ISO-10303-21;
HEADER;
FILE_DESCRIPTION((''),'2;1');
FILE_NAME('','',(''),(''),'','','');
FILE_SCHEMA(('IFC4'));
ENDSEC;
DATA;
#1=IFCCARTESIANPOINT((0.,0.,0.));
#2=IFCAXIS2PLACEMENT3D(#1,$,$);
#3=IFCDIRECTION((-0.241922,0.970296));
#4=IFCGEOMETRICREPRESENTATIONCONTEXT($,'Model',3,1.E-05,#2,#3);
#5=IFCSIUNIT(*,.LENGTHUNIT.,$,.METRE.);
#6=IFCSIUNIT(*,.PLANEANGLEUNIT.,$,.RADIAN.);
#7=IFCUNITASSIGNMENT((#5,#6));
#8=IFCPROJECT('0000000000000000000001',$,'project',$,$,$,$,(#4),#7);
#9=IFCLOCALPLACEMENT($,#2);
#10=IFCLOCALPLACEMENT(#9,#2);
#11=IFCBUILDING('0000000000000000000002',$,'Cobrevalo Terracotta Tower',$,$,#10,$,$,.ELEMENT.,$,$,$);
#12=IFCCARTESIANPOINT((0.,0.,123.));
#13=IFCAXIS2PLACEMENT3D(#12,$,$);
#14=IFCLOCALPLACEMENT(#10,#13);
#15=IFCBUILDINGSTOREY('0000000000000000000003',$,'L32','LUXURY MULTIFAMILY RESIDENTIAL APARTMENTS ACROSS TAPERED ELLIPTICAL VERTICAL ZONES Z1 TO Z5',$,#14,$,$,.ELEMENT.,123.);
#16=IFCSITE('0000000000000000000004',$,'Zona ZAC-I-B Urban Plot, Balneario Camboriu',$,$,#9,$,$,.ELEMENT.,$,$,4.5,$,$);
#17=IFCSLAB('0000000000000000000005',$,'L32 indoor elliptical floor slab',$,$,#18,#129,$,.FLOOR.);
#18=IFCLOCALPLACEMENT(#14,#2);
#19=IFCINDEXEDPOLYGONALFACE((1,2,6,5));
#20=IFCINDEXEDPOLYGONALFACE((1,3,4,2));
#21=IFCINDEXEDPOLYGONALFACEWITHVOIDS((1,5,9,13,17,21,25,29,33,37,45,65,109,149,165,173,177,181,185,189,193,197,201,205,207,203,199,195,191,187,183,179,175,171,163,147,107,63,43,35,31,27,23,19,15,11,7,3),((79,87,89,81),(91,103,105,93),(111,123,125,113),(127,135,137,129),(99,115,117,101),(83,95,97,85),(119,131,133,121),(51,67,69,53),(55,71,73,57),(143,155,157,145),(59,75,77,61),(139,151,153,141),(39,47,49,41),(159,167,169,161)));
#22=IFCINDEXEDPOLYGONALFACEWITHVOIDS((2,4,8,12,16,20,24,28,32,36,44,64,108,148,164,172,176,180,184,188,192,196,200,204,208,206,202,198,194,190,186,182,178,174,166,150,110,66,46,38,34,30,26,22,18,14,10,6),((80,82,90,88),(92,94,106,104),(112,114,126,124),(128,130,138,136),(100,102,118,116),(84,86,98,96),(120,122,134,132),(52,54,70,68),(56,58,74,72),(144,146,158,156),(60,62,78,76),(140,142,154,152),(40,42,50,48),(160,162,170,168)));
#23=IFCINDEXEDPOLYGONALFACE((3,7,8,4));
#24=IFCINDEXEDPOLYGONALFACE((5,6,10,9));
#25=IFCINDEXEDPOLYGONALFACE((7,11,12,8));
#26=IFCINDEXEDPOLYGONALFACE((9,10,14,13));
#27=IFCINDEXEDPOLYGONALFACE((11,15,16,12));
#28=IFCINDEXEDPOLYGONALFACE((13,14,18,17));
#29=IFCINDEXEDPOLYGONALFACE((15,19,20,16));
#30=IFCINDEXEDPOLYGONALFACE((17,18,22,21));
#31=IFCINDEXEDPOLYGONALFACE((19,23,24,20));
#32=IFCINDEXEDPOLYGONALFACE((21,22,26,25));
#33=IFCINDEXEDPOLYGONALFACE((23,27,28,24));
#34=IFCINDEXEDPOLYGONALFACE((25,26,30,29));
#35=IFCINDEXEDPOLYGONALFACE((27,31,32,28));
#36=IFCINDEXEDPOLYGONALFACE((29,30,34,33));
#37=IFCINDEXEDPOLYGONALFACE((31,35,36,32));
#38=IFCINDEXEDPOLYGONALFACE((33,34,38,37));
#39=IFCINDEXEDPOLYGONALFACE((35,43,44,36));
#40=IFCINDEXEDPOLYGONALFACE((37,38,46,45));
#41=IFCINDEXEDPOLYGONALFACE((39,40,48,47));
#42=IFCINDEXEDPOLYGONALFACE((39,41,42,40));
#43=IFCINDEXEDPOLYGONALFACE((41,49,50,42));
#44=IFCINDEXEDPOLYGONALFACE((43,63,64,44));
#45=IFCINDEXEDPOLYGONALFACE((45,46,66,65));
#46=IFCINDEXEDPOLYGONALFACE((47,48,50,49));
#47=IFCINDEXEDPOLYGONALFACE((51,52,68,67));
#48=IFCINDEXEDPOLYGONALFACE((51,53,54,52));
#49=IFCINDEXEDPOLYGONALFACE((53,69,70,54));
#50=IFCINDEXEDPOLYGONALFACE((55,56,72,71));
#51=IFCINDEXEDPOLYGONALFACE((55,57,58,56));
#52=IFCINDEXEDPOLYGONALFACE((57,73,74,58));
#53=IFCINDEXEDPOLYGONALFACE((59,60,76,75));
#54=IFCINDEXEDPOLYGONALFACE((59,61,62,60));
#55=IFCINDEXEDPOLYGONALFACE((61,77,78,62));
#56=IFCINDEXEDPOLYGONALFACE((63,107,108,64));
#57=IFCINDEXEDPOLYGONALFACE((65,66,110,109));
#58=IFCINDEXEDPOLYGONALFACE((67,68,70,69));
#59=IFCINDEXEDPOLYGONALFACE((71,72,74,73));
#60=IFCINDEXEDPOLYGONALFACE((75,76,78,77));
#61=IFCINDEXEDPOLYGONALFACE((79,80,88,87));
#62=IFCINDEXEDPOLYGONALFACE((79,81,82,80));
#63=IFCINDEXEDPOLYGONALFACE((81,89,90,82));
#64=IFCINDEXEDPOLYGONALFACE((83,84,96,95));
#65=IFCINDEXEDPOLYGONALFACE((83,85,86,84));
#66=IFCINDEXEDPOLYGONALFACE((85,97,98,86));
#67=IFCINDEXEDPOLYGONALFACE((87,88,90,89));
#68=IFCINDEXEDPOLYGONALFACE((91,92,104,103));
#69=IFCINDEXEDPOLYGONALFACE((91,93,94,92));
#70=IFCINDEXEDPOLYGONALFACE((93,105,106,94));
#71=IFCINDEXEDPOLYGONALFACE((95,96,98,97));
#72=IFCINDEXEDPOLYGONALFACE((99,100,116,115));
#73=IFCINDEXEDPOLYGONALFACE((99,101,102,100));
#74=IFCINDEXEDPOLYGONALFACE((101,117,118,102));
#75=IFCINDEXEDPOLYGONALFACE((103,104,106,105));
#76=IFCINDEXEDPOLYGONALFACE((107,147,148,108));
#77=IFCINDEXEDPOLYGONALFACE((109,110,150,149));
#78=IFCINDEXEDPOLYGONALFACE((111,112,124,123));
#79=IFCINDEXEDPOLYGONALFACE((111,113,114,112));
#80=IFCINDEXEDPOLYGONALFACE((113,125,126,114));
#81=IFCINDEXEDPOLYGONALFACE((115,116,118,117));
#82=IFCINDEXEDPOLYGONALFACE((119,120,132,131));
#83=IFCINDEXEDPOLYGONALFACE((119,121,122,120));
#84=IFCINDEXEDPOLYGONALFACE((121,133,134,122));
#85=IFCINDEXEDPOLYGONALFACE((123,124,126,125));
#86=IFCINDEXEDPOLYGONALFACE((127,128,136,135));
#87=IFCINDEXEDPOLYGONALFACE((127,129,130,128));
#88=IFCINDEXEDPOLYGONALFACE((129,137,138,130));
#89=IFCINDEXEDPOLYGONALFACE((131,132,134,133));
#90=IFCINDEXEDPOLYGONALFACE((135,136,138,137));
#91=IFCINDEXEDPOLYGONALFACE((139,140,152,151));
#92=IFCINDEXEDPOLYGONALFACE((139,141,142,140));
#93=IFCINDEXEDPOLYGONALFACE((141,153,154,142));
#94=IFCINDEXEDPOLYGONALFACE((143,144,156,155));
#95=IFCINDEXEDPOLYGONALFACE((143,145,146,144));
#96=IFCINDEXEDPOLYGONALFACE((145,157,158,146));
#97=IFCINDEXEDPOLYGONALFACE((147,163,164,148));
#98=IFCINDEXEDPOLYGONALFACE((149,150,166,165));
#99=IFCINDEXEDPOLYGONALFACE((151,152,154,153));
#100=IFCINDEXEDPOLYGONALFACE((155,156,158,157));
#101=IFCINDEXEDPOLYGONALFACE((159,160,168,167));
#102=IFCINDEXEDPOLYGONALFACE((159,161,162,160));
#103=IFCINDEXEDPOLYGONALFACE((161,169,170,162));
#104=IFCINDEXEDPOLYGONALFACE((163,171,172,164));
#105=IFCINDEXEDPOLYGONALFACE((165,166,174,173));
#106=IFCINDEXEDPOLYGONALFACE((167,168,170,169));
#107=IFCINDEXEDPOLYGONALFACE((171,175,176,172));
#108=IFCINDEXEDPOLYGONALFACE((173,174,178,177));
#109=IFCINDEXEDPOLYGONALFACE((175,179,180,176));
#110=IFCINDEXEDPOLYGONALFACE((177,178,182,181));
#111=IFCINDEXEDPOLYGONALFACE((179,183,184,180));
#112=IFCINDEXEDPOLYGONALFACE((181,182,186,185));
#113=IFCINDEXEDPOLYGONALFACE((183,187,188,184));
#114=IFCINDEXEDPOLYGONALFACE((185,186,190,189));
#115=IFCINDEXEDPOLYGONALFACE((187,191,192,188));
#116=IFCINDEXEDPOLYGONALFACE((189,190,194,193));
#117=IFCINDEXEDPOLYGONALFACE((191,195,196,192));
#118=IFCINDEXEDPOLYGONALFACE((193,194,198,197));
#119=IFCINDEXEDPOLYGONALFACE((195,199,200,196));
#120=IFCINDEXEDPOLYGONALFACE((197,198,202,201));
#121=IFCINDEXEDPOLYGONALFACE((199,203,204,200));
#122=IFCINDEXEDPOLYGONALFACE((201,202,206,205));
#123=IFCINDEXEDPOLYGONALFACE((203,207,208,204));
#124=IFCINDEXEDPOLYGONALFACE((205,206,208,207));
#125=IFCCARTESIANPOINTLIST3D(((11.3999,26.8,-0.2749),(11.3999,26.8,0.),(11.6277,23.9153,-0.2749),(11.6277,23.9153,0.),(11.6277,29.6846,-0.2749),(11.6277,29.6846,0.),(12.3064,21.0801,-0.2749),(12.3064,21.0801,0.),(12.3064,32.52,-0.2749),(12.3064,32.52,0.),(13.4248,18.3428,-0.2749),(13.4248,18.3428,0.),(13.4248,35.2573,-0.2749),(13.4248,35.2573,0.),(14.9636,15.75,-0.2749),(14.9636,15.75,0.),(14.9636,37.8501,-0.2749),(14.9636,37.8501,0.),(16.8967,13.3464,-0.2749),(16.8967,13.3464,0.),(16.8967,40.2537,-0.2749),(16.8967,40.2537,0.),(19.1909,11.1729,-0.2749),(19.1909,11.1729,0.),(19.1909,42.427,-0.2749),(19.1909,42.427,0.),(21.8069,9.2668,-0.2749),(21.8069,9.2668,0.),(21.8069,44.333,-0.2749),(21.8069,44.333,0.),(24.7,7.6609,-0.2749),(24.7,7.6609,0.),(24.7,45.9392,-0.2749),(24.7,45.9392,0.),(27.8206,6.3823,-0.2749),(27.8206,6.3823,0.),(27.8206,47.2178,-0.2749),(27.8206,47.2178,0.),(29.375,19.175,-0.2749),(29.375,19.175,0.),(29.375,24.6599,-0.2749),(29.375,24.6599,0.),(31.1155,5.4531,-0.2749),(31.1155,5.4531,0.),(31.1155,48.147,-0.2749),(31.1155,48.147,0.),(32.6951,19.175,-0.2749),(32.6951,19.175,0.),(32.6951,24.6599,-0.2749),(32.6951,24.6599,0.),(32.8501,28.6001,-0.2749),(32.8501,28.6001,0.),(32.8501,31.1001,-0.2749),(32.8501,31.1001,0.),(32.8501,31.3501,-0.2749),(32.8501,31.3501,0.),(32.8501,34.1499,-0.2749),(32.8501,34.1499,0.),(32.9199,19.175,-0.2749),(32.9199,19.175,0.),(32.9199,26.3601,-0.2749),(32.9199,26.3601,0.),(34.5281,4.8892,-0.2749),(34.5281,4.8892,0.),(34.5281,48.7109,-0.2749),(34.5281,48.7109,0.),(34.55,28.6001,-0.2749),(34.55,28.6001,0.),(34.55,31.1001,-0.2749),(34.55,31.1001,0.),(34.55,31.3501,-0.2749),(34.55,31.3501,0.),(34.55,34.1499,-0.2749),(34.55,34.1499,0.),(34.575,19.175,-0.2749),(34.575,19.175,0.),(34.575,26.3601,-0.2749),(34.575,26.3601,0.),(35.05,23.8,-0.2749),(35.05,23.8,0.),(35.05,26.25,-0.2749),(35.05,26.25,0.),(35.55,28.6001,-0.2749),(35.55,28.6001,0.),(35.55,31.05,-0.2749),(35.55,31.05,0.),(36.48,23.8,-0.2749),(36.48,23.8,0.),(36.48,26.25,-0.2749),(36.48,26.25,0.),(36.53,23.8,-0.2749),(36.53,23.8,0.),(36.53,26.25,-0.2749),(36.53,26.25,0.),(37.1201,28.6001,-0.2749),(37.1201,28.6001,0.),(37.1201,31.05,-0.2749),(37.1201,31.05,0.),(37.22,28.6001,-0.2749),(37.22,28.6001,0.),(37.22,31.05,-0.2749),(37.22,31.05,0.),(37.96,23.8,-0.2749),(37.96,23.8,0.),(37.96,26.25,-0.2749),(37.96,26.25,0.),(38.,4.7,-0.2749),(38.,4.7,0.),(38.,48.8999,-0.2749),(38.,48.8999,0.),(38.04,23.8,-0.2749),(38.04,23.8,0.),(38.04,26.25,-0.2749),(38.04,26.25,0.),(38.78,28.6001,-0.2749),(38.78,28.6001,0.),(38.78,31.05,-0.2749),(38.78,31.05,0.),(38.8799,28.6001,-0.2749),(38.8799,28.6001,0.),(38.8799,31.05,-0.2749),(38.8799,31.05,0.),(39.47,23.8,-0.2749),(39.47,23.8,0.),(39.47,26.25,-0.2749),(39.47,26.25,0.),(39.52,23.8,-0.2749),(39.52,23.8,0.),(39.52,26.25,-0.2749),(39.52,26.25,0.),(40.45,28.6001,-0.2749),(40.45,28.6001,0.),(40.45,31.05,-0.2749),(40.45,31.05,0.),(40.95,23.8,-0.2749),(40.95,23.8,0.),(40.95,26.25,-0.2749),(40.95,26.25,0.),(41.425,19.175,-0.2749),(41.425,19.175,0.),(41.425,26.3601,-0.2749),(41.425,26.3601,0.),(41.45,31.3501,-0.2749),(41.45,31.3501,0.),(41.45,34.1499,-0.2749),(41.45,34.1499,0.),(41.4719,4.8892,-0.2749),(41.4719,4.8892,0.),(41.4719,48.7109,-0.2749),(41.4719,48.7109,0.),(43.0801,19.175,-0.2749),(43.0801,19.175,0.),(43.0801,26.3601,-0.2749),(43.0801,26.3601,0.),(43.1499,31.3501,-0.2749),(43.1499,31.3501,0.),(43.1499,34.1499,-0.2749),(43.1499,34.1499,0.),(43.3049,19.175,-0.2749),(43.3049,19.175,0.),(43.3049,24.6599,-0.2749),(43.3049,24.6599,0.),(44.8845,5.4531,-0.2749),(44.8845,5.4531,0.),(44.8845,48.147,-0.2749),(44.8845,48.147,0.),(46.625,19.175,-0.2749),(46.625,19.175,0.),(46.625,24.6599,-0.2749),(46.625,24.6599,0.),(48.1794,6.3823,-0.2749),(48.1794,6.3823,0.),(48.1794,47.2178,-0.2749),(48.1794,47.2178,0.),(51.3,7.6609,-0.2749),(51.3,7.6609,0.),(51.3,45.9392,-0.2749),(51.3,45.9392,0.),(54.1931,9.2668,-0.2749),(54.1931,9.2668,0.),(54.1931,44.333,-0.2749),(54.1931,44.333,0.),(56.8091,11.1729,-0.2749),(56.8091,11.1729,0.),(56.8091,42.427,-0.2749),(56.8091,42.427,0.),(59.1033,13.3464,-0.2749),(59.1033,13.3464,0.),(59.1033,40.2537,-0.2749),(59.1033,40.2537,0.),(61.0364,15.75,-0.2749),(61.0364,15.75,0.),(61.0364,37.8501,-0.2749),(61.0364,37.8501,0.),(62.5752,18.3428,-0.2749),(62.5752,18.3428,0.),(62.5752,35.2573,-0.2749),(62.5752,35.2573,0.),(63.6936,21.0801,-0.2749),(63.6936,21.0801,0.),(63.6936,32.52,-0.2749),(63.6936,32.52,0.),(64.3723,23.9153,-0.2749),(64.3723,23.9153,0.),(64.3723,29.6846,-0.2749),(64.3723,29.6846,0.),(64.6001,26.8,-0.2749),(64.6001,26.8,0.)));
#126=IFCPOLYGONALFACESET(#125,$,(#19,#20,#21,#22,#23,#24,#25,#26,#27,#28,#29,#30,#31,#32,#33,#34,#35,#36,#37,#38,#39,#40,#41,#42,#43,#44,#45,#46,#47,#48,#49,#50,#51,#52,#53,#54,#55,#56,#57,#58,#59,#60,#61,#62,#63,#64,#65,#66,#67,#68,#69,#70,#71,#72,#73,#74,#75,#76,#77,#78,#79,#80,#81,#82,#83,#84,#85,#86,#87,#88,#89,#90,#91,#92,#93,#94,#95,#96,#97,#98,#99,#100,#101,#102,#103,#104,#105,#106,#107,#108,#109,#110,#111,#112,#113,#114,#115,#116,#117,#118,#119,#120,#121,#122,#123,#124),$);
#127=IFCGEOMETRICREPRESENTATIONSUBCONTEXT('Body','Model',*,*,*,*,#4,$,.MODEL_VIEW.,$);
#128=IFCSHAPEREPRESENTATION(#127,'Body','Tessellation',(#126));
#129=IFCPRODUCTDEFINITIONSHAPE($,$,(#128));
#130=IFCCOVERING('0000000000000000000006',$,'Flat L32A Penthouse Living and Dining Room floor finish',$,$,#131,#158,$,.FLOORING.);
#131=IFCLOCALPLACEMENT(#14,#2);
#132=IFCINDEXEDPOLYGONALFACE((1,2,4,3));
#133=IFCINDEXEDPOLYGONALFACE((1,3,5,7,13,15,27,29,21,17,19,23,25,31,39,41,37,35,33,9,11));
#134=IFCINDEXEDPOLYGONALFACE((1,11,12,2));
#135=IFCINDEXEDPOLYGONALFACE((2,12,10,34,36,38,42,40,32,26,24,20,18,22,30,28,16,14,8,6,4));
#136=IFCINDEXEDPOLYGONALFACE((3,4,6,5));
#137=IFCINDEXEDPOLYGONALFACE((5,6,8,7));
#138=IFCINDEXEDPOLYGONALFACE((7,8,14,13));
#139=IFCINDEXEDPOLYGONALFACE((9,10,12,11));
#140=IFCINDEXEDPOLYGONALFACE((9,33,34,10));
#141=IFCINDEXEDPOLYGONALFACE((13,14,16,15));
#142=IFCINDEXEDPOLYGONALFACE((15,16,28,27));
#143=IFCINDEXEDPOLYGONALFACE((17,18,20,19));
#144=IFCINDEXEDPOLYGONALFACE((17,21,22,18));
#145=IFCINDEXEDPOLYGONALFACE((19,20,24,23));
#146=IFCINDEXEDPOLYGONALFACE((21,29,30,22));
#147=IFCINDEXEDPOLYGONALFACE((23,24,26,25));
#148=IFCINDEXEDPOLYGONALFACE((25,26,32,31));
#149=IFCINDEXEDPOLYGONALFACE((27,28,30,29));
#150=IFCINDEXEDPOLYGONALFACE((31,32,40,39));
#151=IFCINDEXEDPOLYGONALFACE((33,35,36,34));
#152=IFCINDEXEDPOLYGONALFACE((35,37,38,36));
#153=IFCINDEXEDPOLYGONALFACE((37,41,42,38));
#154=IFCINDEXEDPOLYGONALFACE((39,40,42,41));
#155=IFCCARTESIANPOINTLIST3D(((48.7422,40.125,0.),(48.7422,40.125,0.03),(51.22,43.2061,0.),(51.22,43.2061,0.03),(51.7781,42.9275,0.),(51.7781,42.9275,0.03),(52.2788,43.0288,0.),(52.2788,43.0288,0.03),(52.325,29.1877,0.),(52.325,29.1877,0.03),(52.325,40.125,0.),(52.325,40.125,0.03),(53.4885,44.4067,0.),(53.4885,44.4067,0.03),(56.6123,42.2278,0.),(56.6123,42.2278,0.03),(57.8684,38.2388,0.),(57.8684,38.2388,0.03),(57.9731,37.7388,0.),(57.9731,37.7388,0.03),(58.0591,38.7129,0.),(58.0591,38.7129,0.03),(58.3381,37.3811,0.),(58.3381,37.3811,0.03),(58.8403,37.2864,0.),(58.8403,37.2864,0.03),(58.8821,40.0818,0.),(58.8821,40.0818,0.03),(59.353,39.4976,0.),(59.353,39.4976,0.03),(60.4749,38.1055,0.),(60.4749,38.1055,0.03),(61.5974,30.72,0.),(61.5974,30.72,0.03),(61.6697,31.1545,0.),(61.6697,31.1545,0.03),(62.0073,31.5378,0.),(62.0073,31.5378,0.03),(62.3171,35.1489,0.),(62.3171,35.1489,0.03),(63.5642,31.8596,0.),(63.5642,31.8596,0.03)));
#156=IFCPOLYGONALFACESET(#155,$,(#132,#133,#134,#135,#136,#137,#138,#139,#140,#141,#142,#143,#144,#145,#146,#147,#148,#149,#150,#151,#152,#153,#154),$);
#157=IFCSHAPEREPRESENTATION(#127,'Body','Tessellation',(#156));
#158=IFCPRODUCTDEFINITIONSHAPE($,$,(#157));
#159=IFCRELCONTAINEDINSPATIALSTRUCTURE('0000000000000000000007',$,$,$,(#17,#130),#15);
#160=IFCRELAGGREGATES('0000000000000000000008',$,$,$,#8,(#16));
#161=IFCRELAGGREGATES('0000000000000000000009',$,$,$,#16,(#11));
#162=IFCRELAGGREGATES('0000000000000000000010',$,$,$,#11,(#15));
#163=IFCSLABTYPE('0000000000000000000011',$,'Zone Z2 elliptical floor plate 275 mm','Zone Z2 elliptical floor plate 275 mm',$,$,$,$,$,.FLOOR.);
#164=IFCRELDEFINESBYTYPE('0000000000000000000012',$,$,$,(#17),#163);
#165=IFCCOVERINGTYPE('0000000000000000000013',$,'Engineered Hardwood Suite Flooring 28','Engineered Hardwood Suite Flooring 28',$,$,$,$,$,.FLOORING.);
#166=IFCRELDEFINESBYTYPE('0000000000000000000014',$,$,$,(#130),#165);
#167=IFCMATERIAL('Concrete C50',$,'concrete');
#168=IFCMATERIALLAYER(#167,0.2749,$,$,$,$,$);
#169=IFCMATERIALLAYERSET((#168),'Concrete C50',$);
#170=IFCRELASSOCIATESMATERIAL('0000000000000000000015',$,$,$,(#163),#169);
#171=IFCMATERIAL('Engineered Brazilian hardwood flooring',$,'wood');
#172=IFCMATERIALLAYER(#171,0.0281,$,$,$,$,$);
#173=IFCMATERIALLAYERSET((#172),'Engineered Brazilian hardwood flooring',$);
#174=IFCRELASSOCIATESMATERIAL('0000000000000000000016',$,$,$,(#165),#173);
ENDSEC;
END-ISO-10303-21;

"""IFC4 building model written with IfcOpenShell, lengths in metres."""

from ifc_helpers import new_model, si_unit, direction, frame, origin, place, context, subcontext, project, spatial, polyline, outline, extrude, material, layer, layer_set, type_object, element, save


model = new_model("IFC4")

# Units and contexts
model_context = context("Model", 3, precision=1e-05, world=origin(), true_north=direction((-0.241922, 0.970296)))
body_context = subcontext(model_context, "Body", "Model", "MODEL_VIEW")
ifc_project = project(units=[si_unit("LENGTHUNIT", "METRE"), si_unit("PLANEANGLEUNIT", "RADIAN")], contexts=[model_context])

# Site, building, storey
site_placement = place(None, origin())
site = spatial("IfcSite", under=ifc_project, at=site_placement, Name="Zona ZAC-I-B Urban Plot, Balneario Camboriu", CompositionType="ELEMENT", RefElevation=4.5)
building_placement = place(site_placement, origin())
building = spatial("IfcBuilding", under=site, at=building_placement, Name="Cobrevalo Terracotta Tower", CompositionType="ELEMENT")
storey_placement = place(building_placement, frame((0.0, 0.0, 123.0)))
storey = spatial("IfcBuildingStorey", under=building, at=storey_placement, Name="L32", Description="LUXURY MULTIFAMILY RESIDENTIAL APARTMENTS ACROSS TAPERED ELLIPTICAL VERTICAL ZONES Z1 TO Z5", CompositionType="ELEMENT", Elevation=123.0)

# Shared definitions
ifc_material_1 = material(Name="Concrete C50", Category="concrete")

# Slab
ifc_layer_1 = layer(ifc_material_1, 0.2749)
ifc_layer_set_1 = layer_set([ifc_layer_1], Name="Concrete C50")
slab_type_1 = type_object("IfcSlabType", Name="Zone Z2 elliptical floor plate 275 mm", Description="Zone Z2 elliptical floor plate 275 mm", PredefinedType="FLOOR", material=ifc_layer_set_1)
slab_1_placement = place(storey_placement, frame((0.0, 0.0, -0.2749)))
element("IfcSlab", 1, at=slab_1_placement, inside=storey, type_object=slab_type_1, Name="L32 indoor elliptical floor slab", PredefinedType="FLOOR", context=body_context, shape_type="SweptSolid", body=[
    extrude(outline(polyline([(64.3723, 23.9153), (63.6936, 21.0801), (62.5752, 18.3428), (61.0364, 15.75), (59.1033, 13.3464), (56.8091, 11.1729), (54.1931, 9.2668), (51.3, 7.6609), (48.1794, 6.3823), (44.8845, 5.4531), (41.4719, 4.8892), (38.0, 4.7), (34.5281, 4.8892), (31.1155, 5.4531), (27.8206, 6.3823), (24.7, 7.6609), (21.8069, 9.2668), (19.1909, 11.1729), (16.8967, 13.3464), (14.9636, 15.75), (13.4248, 18.3428), (12.3064, 21.0801), (11.6277, 23.9153), (11.3999, 26.8), (11.6277, 29.6846), (12.3064, 32.52), (13.4248, 35.2573), (14.9636, 37.8501), (16.8967, 40.2537), (19.1909, 42.427), (21.8069, 44.333), (24.7, 45.9392), (27.8206, 47.2178), (31.1155, 48.147), (34.5281, 48.7109), (38.0, 48.8999), (41.4719, 48.7109), (44.8845, 48.147), (48.1794, 47.2178), (51.3, 45.9392), (54.1931, 44.333), (56.8091, 42.427), (59.1033, 40.2537), (61.0364, 37.8501), (62.5752, 35.2573), (63.6936, 32.52), (64.3723, 29.6846), (64.6001, 26.8), (64.3723, 23.9153)]), holes=[polyline([(32.6951, 19.175), (32.6951, 24.6599), (29.375, 24.6599), (29.375, 19.175), (32.6951, 19.175)]), polyline([(34.575, 19.175), (34.575, 26.3601), (32.9199, 26.3601), (32.9199, 19.175), (34.575, 19.175)]), polyline([(36.48, 23.8), (36.48, 26.25), (35.05, 26.25), (35.05, 23.8), (36.48, 23.8)]), polyline([(37.96, 23.8), (37.96, 26.25), (36.53, 26.25), (36.53, 23.8), (37.96, 23.8)]), polyline([(37.1201, 28.6001), (37.1201, 31.05), (35.55, 31.05), (35.55, 28.6001), (37.1201, 28.6001)]), polyline([(34.55, 28.6001), (34.55, 31.1001), (32.8501, 31.1001), (32.8501, 28.6001), (34.55, 28.6001)]), polyline([(34.55, 31.3501), (34.55, 34.1499), (32.8501, 34.1499), (32.8501, 31.3501), (34.55, 31.3501)]), polyline([(46.625, 19.175), (46.625, 24.6599), (43.3049, 24.6599), (43.3049, 19.175), (46.625, 19.175)]), polyline([(43.0801, 19.175), (43.0801, 26.3601), (41.425, 26.3601), (41.425, 19.175), (43.0801, 19.175)]), polyline([(39.47, 23.8), (39.47, 26.25), (38.04, 26.25), (38.04, 23.8), (39.47, 23.8)]), polyline([(40.95, 23.8), (40.95, 26.25), (39.52, 26.25), (39.52, 23.8), (40.95, 23.8)]), polyline([(38.78, 28.6001), (38.78, 31.05), (37.22, 31.05), (37.22, 28.6001), (38.78, 28.6001)]), polyline([(40.45, 28.6001), (40.45, 31.05), (38.8799, 31.05), (38.8799, 28.6001), (40.45, 28.6001)]), polyline([(43.1499, 31.3501), (43.1499, 34.1499), (41.45, 34.1499), (41.45, 31.3501), (43.1499, 31.3501)])]), origin(), (0.0, 0.0, 1.0), 0.2749),
])

# Covering
ifc_material_2 = material(Name="Engineered Brazilian hardwood flooring", Category="wood")
ifc_layer_2 = layer(ifc_material_2, 0.0281)
ifc_layer_set_2 = layer_set([ifc_layer_2], Name="Engineered Brazilian hardwood flooring")
covering_type_1 = type_object("IfcCoveringType", Name="Engineered Hardwood Suite Flooring 28", Description="Engineered Hardwood Suite Flooring 28", PredefinedType="FLOORING", material=ifc_layer_set_2)
covering_1_placement = place(storey_placement, origin())
element("IfcCovering", 2, at=covering_1_placement, inside=storey, type_object=covering_type_1, Name="Flat L32A Penthouse Living and Dining Room floor finish", PredefinedType="FLOORING", context=body_context, shape_type="SweptSolid", body=[
    extrude(outline(polyline([(56.6123, 42.2278), (58.8821, 40.0818), (59.353, 39.4976), (58.0591, 38.7129), (57.8684, 38.2388), (57.9731, 37.7388), (58.3381, 37.3811), (58.8403, 37.2864), (60.4749, 38.1055), (62.3171, 35.1489), (63.5642, 31.8596), (62.0073, 31.5378), (61.6697, 31.1545), (61.5974, 30.72), (52.325, 29.1877), (52.325, 40.125), (48.7422, 40.125), (51.22, 43.2061), (51.7781, 42.9275), (52.2788, 43.0288), (53.4885, 44.4067), (56.6123, 42.2278)])), origin(), (0.0, 0.0, 1.0), 0.03),
])

save(model, "model.ifc")
